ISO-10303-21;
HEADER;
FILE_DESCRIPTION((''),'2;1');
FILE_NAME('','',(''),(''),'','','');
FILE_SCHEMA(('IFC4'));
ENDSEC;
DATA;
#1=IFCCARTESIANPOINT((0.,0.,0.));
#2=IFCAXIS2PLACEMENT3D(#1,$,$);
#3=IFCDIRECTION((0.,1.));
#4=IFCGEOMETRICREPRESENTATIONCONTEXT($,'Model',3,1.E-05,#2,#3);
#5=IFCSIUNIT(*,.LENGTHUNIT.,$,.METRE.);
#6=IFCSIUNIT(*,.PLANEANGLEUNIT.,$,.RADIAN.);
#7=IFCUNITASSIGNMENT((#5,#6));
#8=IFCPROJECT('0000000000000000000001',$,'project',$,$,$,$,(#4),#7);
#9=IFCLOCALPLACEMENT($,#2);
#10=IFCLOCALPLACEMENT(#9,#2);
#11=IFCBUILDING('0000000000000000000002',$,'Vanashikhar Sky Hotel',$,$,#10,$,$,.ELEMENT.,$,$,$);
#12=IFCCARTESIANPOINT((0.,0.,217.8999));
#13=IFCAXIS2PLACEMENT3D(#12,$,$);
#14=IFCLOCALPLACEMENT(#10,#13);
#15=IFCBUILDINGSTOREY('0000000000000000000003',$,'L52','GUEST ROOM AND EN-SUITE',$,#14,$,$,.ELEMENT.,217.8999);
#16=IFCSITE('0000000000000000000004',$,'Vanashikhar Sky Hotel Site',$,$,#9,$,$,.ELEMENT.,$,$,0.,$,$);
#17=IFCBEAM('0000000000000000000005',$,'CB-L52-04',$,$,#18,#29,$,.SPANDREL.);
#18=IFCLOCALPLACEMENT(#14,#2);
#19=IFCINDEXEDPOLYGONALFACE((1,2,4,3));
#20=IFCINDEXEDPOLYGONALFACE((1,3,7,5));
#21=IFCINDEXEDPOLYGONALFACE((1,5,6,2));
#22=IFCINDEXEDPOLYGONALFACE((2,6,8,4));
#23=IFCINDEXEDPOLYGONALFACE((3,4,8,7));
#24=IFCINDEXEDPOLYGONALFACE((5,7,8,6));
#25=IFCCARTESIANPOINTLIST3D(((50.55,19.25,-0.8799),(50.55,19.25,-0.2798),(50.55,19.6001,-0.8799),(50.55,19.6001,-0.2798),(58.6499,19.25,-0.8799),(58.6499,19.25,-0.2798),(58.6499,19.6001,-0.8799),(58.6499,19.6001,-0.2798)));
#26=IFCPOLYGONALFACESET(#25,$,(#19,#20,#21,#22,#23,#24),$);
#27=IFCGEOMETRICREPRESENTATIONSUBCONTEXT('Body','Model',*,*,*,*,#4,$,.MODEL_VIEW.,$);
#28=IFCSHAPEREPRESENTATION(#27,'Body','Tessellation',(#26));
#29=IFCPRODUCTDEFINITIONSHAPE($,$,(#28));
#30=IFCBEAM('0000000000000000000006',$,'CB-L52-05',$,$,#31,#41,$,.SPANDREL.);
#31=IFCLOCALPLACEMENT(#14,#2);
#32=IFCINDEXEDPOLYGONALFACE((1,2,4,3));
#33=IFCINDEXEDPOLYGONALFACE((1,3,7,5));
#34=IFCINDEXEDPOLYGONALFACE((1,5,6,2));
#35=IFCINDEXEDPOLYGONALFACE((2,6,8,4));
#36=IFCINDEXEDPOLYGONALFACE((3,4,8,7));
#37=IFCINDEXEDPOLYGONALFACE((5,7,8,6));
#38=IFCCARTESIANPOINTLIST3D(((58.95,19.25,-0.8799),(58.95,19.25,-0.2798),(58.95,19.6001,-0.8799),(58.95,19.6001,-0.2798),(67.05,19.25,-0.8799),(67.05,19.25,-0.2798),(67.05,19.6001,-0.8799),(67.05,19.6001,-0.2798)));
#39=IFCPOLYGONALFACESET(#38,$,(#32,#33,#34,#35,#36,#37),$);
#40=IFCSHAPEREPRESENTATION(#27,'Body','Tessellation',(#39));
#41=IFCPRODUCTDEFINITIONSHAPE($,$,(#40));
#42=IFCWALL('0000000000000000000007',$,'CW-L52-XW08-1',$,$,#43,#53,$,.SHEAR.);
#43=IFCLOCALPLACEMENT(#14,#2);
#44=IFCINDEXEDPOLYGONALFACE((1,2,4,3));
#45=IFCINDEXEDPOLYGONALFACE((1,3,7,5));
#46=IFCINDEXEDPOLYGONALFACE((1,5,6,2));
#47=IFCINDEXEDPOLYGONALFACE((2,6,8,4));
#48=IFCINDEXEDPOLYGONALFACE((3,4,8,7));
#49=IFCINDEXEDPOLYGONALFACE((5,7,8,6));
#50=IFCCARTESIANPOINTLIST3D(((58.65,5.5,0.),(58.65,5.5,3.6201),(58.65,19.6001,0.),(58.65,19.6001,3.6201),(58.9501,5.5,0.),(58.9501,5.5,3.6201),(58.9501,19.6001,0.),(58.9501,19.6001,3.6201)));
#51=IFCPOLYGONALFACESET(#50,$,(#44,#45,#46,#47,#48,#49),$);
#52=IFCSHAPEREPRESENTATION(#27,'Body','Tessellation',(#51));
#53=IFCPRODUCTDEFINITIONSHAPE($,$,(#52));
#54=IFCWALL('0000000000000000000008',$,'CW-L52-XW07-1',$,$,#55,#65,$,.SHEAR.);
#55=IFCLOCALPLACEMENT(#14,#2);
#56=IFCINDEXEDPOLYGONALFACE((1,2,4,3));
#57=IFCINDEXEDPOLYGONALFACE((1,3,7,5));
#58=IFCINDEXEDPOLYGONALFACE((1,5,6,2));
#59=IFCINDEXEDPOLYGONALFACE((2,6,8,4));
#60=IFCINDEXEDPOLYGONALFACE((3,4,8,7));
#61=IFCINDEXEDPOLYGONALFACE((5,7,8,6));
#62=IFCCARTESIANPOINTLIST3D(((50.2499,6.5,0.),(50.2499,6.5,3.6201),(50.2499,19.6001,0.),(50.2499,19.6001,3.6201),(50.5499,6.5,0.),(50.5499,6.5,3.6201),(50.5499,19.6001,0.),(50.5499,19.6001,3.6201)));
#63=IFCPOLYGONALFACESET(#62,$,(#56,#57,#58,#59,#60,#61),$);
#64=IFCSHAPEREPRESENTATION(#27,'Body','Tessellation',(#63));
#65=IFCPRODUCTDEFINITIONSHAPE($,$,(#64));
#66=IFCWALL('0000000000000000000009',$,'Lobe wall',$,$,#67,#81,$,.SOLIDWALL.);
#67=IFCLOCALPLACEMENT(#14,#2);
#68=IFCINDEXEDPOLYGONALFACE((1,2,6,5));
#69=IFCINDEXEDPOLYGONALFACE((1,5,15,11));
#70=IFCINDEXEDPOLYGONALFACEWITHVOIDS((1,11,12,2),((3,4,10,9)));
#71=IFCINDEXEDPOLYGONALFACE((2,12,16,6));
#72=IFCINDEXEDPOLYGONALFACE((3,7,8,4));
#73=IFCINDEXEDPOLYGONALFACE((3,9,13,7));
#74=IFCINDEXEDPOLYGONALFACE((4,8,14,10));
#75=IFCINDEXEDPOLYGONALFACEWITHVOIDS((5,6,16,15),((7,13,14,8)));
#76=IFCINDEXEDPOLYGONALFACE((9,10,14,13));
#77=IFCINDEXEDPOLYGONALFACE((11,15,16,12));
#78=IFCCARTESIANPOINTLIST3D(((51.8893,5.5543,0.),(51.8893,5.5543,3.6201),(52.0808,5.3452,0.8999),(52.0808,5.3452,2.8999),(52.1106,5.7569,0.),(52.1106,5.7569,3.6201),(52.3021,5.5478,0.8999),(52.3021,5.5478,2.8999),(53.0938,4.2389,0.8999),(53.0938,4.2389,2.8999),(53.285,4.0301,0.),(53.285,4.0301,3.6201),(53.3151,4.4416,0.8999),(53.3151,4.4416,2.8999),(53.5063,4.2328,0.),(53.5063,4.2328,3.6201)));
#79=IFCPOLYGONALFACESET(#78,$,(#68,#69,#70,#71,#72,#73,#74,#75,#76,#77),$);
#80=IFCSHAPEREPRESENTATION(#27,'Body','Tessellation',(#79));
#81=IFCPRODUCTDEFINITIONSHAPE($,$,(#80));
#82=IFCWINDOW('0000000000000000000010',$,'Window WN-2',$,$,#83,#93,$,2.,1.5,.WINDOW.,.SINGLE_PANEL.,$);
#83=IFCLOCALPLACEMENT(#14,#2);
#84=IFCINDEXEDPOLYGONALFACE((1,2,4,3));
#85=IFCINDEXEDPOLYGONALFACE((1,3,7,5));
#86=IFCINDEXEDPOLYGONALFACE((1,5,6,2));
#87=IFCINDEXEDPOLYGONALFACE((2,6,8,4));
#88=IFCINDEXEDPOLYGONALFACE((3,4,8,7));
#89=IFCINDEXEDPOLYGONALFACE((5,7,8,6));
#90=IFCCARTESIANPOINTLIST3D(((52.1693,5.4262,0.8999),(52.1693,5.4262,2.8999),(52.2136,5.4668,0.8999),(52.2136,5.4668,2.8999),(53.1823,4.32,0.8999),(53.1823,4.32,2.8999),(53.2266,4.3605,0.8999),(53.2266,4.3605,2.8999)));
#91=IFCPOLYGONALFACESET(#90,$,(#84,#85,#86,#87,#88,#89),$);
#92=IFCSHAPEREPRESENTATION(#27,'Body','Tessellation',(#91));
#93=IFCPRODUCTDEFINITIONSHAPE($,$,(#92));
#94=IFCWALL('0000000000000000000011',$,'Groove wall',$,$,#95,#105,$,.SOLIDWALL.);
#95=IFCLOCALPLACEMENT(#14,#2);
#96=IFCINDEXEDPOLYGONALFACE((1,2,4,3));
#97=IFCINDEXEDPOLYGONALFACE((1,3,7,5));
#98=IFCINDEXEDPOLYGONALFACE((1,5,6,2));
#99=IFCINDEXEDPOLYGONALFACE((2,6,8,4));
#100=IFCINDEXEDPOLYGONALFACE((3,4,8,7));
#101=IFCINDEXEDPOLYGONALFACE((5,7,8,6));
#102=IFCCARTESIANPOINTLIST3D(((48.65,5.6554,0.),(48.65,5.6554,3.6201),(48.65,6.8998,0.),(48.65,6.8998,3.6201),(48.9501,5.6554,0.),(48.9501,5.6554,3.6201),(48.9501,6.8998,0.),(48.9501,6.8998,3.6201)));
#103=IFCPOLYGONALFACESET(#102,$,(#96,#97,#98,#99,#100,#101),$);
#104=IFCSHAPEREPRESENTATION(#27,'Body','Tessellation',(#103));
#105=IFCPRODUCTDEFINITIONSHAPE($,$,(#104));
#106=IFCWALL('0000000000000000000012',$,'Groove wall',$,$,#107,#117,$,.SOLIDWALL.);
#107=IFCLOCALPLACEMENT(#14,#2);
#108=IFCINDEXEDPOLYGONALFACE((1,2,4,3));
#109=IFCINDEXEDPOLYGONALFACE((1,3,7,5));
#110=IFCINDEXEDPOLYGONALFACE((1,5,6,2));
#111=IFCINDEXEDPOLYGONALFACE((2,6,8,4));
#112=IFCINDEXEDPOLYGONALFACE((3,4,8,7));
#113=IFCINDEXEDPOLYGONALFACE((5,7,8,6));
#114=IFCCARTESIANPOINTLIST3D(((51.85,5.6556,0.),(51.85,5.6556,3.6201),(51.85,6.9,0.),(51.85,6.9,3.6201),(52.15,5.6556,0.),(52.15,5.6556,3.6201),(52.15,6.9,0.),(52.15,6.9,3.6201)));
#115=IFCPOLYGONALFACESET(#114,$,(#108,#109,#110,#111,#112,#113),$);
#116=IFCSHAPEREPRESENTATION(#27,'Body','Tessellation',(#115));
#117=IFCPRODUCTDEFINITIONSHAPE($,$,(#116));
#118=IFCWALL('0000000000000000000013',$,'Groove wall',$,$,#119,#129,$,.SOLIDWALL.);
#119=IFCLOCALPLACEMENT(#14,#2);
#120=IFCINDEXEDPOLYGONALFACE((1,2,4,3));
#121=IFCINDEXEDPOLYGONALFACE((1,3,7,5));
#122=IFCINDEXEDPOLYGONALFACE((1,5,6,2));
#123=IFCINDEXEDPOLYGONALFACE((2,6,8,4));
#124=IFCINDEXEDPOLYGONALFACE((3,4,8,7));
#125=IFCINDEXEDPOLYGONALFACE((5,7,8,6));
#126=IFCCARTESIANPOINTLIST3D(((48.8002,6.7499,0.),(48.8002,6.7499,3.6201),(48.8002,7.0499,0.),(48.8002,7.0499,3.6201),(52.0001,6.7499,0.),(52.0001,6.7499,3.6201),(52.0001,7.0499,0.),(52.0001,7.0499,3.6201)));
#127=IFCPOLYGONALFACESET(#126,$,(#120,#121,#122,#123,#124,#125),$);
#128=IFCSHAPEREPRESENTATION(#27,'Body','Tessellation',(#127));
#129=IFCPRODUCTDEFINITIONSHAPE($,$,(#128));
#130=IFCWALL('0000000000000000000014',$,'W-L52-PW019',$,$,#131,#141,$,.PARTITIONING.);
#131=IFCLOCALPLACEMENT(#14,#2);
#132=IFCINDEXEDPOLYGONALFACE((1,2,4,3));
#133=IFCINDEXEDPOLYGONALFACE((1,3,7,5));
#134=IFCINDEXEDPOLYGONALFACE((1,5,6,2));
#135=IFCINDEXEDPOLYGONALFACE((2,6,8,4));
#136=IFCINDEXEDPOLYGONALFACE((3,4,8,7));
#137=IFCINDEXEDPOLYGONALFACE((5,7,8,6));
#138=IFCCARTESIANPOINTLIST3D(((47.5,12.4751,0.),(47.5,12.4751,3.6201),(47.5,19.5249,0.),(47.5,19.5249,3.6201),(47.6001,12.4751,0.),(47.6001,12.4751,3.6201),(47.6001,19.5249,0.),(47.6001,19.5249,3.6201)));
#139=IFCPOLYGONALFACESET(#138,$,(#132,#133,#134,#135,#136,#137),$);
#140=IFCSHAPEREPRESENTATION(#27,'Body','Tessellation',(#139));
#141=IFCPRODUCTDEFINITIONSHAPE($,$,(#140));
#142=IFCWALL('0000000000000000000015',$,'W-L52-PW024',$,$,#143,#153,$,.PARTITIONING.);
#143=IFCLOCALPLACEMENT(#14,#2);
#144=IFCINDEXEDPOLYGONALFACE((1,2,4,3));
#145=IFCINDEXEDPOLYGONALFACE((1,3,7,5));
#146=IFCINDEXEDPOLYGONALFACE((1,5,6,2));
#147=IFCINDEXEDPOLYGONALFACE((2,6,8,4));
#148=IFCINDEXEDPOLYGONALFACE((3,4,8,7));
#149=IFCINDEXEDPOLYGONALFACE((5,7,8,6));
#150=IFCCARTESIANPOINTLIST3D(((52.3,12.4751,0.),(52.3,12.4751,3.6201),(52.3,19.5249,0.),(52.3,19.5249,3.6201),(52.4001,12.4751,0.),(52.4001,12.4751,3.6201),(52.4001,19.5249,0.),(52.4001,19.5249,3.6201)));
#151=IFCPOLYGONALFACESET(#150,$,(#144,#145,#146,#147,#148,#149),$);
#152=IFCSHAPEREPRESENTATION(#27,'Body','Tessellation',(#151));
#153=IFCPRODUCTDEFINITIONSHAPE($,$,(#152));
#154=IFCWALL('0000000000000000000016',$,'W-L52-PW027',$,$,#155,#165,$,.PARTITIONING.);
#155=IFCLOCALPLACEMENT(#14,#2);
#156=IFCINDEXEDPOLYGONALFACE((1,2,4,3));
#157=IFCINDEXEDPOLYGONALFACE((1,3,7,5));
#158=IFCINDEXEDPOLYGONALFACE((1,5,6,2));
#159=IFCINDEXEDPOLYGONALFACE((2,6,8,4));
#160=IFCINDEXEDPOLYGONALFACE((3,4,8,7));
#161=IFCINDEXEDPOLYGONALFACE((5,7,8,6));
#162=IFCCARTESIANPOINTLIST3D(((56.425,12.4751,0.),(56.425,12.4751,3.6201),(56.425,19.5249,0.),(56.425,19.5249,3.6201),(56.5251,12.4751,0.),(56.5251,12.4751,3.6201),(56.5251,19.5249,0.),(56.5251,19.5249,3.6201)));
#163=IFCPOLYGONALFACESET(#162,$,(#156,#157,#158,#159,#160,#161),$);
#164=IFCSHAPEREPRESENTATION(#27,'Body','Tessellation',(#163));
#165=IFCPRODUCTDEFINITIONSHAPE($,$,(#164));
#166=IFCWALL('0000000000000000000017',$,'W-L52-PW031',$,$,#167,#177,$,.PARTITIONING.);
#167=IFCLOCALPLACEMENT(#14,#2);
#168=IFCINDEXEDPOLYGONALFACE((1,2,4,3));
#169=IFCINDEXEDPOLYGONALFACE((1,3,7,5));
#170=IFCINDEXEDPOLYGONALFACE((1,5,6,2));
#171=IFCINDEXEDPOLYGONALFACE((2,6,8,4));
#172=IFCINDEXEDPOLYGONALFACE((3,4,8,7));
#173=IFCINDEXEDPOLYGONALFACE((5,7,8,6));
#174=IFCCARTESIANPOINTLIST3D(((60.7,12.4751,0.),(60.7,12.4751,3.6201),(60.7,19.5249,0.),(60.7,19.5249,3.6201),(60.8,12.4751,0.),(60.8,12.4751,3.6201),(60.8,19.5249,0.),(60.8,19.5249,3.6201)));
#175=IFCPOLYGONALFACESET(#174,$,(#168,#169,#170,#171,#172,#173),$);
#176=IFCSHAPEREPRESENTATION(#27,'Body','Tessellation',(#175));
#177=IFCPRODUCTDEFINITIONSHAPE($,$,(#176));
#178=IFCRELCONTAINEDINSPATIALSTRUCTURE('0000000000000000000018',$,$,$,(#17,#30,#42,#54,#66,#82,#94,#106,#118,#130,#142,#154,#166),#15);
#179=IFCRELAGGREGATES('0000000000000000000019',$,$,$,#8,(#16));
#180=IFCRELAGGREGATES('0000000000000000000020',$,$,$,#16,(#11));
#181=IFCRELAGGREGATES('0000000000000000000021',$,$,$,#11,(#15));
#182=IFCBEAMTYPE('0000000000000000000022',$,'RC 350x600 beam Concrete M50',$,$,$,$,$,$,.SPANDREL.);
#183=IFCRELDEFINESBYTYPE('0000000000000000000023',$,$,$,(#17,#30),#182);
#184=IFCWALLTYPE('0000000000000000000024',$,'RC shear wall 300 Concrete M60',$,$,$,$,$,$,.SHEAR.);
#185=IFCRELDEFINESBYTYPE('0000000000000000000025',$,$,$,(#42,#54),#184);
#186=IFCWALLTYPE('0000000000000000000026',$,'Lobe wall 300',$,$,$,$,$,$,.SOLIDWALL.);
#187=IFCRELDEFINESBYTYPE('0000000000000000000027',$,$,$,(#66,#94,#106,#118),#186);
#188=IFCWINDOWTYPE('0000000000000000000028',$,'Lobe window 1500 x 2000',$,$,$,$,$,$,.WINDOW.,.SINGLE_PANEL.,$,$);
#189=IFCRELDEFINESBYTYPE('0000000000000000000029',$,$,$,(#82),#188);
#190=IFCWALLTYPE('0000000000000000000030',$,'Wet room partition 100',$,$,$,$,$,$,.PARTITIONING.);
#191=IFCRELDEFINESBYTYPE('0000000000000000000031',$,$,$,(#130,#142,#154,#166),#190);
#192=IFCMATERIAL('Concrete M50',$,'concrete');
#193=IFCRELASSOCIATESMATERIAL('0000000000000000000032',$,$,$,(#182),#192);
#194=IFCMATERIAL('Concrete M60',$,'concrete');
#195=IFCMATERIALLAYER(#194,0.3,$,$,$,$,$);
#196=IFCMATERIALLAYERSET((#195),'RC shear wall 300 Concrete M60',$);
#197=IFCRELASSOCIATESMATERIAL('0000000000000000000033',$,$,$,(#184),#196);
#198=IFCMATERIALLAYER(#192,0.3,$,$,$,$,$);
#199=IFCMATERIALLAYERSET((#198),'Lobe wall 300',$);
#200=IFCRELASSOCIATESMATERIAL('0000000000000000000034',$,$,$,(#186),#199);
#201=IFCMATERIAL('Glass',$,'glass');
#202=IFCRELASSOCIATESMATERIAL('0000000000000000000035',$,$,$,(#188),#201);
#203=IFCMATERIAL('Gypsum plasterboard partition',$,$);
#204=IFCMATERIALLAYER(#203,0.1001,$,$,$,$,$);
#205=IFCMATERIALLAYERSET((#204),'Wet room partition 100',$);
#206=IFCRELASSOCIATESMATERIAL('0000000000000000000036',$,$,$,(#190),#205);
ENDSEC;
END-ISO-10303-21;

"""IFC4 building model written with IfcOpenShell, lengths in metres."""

from ifc_helpers import new_model, si_unit, direction, frame, frame_2d, origin, origin_2d, place, context, subcontext, project, spatial, rectangle, extrude, source, transform, mapped, material, layer, layer_set, material_profile, profile_set, type_object, element, fill, save


model = new_model("IFC4")

# Units and contexts
model_context = context("Model", 3, precision=1e-05, world=origin(), true_north=direction((0.0, 1.0)))
body_context = subcontext(model_context, "Body", "Model", "MODEL_VIEW")
ifc_project = project(units=[si_unit("LENGTHUNIT", "METRE"), si_unit("PLANEANGLEUNIT", "RADIAN")], contexts=[model_context])

# Site, building, storey
site_placement = place(None, origin())
site = spatial("IfcSite", under=ifc_project, at=site_placement, Name="Vanashikhar Sky Hotel Site", CompositionType="ELEMENT", RefElevation=0.0)
building_placement = place(site_placement, origin())
building = spatial("IfcBuilding", under=site, at=building_placement, Name="Vanashikhar Sky Hotel", CompositionType="ELEMENT")
storey_placement = place(building_placement, frame((0.0, 0.0, 217.8999)))
storey = spatial("IfcBuildingStorey", under=building, at=storey_placement, Name="L52", Description="GUEST ROOM AND EN-SUITE", CompositionType="ELEMENT", Elevation=217.8999)

# Beams
ifc_material_1 = material(Name="Concrete M50", Category="concrete")
ifc_material_profile = material_profile(ifc_material_1, rectangle(XDim=0.3501, YDim=0.6001, at=origin_2d()))
ifc_profile_set = profile_set([ifc_material_profile], Name="RC 350x600 beam Concrete M50")
beam_type = type_object("IfcBeamType", Name="RC 350x600 beam Concrete M50", PredefinedType="SPANDREL", material=ifc_profile_set)
shared_shape_1 = source(origin(), body_context, "Body", "SweptSolid", [
    extrude(rectangle(XDim=0.3501, YDim=0.6001, at=origin_2d()), origin(), (0.0, 0.0, 1.0), 8.0999),
])
beam_1_placement = place(storey_placement, frame((50.55, 19.425, -0.5798), z_axis=(1.0, 0.0, 0.0), x_axis=(0.0, 1.0, 0.0)))
element("IfcBeam", 1, at=beam_1_placement, inside=storey, type_object=beam_type, Name="CB-L52-04", PredefinedType="SPANDREL", context=body_context, shape_type="MappedRepresentation", body=[
    mapped(shared_shape_1, transform((0.0, 0.0, 0.0), scale=1.0)),
])
shared_shape_2 = source(origin(), body_context, "Body", "SweptSolid", [
    extrude(rectangle(XDim=0.3501, YDim=0.6001, at=origin_2d()), origin(), (0.0, 0.0, 1.0), 8.1001),
])
beam_2_placement = place(storey_placement, frame((58.95, 19.425, -0.5798), z_axis=(1.0, 0.0, 0.0), x_axis=(0.0, 1.0, 0.0)))
element("IfcBeam", 2, at=beam_2_placement, inside=storey, type_object=beam_type, Name="CB-L52-05", PredefinedType="SPANDREL", context=body_context, shape_type="MappedRepresentation", body=[
    mapped(shared_shape_2, transform((0.0, 0.0, 0.0), scale=1.0)),
])

# Walls
ifc_material_2 = material(Name="Concrete M60", Category="concrete")
ifc_layer_1 = layer(ifc_material_2, 0.3)
ifc_layer_set_1 = layer_set([ifc_layer_1], Name="RC shear wall 300 Concrete M60")
wall_type_1 = type_object("IfcWallType", Name="RC shear wall 300 Concrete M60", PredefinedType="SHEAR", material=ifc_layer_set_1)
shared_shape_3 = source(origin(), body_context, "Body", "SweptSolid", [
    extrude(rectangle(XDim=14.1001, YDim=0.3, at=frame_2d((7.05, 0.0))), origin(), (0.0, 0.0, 1.0), 3.6201),
])
wall_1_placement = place(storey_placement, frame((58.8, 5.5, 0.0), z_axis=(0.0, 0.0, 1.0), x_axis=(0.0, 1.0, 0.0)))
element("IfcWall", 3, at=wall_1_placement, inside=storey, type_object=wall_type_1, Name="CW-L52-XW08-1", PredefinedType="SHEAR", context=body_context, shape_type="MappedRepresentation", body=[
    mapped(shared_shape_3, transform((0.0, 0.0, 0.0), scale=1.0)),
])
shared_shape_4 = source(origin(), body_context, "Body", "SweptSolid", [
    extrude(rectangle(XDim=13.1001, YDim=0.3, at=frame_2d((6.55, 0.0))), origin(), (0.0, 0.0, 1.0), 3.6201),
])
wall_2_placement = place(storey_placement, frame((50.3999, 6.5, 0.0), z_axis=(0.0, 0.0, 1.0), x_axis=(0.0, 1.0, 0.0)))
element("IfcWall", 4, at=wall_2_placement, inside=storey, type_object=wall_type_1, Name="CW-L52-XW07-1", PredefinedType="SHEAR", context=body_context, shape_type="MappedRepresentation", body=[
    mapped(shared_shape_4, transform((0.0, 0.0, 0.0), scale=1.0)),
])

# Wall, opening, window
ifc_layer_2 = layer(ifc_material_1, 0.3)
ifc_layer_set_2 = layer_set([ifc_layer_2], Name="Lobe wall 300")
wall_type_2 = type_object("IfcWallType", Name="Lobe wall 300", PredefinedType="SOLIDWALL", material=ifc_layer_set_2)
shared_shape_5 = source(origin(), body_context, "Body", "SweptSolid", [
    extrude(rectangle(XDim=2.0667, YDim=0.3, at=frame_2d((1.0332, 0.0))), origin(), (0.0, 0.0, 1.0), 3.6201),
])
wall_3_placement = place(storey_placement, frame((52.0, 5.6555, 0.0), z_axis=(0.0, 0.0, 1.0), x_axis=(0.675355, -0.737492, 0.0)))
wall_3 = element("IfcWall", 5, at=wall_3_placement, inside=storey, type_object=wall_type_2, Name="Lobe wall", PredefinedType="SOLIDWALL", context=body_context, shape_type="MappedRepresentation", body=[
    mapped(shared_shape_5, transform((0.0, 0.0, 0.0), scale=1.0)),
])
shared_shape_6 = source(origin(), body_context, "Body", "SweptSolid", [
    extrude(rectangle(XDim=1.5, YDim=2.0, at=frame_2d((0.75, 1.0))), frame((0.0, 0.1602, 0.0), z_axis=(0.0, -1.0, 0.0), x_axis=(1.0, 0.0, 0.0)), (0.0, 0.0, 1.0), 0.3201),
])
opening_1_placement = place(wall_3_placement, frame((0.2834, 0.0, 0.8999)))
opening_1 = element("IfcOpeningElement", 6, at=opening_1_placement, cuts=wall_3, PredefinedType="OPENING", context=body_context, shape_type="MappedRepresentation", body=[
    mapped(shared_shape_6, transform((0.0, 0.0, 0.0), scale=1.0)),
])
ifc_material_3 = material(Name="Glass", Category="glass")
window_type = type_object("IfcWindowType", Name="Lobe window 1500 x 2000", PartitioningType="SINGLE_PANEL", PredefinedType="WINDOW", material=ifc_material_3)
shared_shape_7 = source(origin(), body_context, "Body", "SweptSolid", [
    extrude(rectangle(XDim=1.5, YDim=2.0, at=frame_2d((0.75, 1.0))), frame((0.0, 0.03, 0.0), z_axis=(0.0, -1.0, 0.0), x_axis=(1.0, 0.0, 0.0)), (0.0, 0.0, 1.0), 0.0601),
])
window_placement = place(opening_1_placement, origin())
window = element("IfcWindow", 7, at=window_placement, inside=storey, type_object=window_type, Name="Window WN-2", OverallHeight=2.0, OverallWidth=1.5, PartitioningType="SINGLE_PANEL", PredefinedType="WINDOW", context=body_context, shape_type="MappedRepresentation", body=[
    mapped(shared_shape_7, transform((0.0, 0.0, 0.0), scale=1.0)),
])
fill(opening_1, window)

# Walls
shared_shape_8 = source(origin(), body_context, "Body", "SweptSolid", [
    extrude(rectangle(XDim=1.2444, YDim=0.3, at=frame_2d((0.6221, 0.0))), origin(), (0.0, 0.0, 1.0), 3.6201),
])
for number, where, z_axis, x_axis, name in (
    (8, (48.8, 5.6555, 0.0), (0.0, 0.0, 1.0), (0.0, 1.0, 0.0), "Groove wall"),
    (9, (52.0, 6.8999, 0.0), (0.0, 0.0, 1.0), (0.0, -1.0, 0.0), "Groove wall"),
):
    element("IfcWall", number, at=place(storey_placement, frame(where, z_axis=z_axis, x_axis=x_axis)), inside=storey, type_object=wall_type_2, Name=name, PredefinedType="SOLIDWALL", context=body_context, shape_type="MappedRepresentation", body=[
        mapped(shared_shape_8, transform((0.0, 0.0, 0.0), scale=1.0)),
    ])
shared_shape_9 = source(origin(), body_context, "Body", "SweptSolid", [
    extrude(rectangle(XDim=3.2, YDim=0.3, at=frame_2d((1.6001, 0.0))), origin(), (0.0, 0.0, 1.0), 3.6201),
])
wall_4_placement = place(storey_placement, frame((48.8, 6.8999, 0.0), z_axis=(0.0, 0.0, 1.0), x_axis=(1.0, 0.0, 0.0)))
element("IfcWall", 10, at=wall_4_placement, inside=storey, type_object=wall_type_2, Name="Groove wall", PredefinedType="SOLIDWALL", context=body_context, shape_type="MappedRepresentation", body=[
    mapped(shared_shape_9, transform((0.0, 0.0, 0.0), scale=1.0)),
])
ifc_material_4 = material(Name="Gypsum plasterboard partition")
ifc_layer_3 = layer(ifc_material_4, 0.1001)
ifc_layer_set_3 = layer_set([ifc_layer_3], Name="Wet room partition 100")
wall_type_3 = type_object("IfcWallType", Name="Wet room partition 100", PredefinedType="PARTITIONING", material=ifc_layer_set_3)
shared_shape_10 = source(origin(), body_context, "Body", "SweptSolid", [
    extrude(rectangle(XDim=7.0498, YDim=0.1001, at=frame_2d((3.5249, 0.0))), origin(), (0.0, 0.0, 1.0), 3.6201),
])
for number, where, z_axis, x_axis, name in (
    (11, (47.55, 12.4751, 0.0), (0.0, 0.0, 1.0), (0.0, 1.0, 0.0), "W-L52-PW019"),
    (12, (52.3501, 12.4751, 0.0), (0.0, 0.0, 1.0), (0.0, 1.0, 0.0), "W-L52-PW024"),
    (13, (56.4751, 12.4751, 0.0), (0.0, 0.0, 1.0), (0.0, 1.0, 0.0), "W-L52-PW027"),
    (14, (60.75, 12.4751, 0.0), (0.0, 0.0, 1.0), (0.0, 1.0, 0.0), "W-L52-PW031"),
):
    element("IfcWall", number, at=place(storey_placement, frame(where, z_axis=z_axis, x_axis=x_axis)), inside=storey, type_object=wall_type_3, Name=name, PredefinedType="PARTITIONING", context=body_context, shape_type="MappedRepresentation", body=[
        mapped(shared_shape_10, transform((0.0, 0.0, 0.0), scale=1.0)),
    ])

save(model, "model.ifc")
